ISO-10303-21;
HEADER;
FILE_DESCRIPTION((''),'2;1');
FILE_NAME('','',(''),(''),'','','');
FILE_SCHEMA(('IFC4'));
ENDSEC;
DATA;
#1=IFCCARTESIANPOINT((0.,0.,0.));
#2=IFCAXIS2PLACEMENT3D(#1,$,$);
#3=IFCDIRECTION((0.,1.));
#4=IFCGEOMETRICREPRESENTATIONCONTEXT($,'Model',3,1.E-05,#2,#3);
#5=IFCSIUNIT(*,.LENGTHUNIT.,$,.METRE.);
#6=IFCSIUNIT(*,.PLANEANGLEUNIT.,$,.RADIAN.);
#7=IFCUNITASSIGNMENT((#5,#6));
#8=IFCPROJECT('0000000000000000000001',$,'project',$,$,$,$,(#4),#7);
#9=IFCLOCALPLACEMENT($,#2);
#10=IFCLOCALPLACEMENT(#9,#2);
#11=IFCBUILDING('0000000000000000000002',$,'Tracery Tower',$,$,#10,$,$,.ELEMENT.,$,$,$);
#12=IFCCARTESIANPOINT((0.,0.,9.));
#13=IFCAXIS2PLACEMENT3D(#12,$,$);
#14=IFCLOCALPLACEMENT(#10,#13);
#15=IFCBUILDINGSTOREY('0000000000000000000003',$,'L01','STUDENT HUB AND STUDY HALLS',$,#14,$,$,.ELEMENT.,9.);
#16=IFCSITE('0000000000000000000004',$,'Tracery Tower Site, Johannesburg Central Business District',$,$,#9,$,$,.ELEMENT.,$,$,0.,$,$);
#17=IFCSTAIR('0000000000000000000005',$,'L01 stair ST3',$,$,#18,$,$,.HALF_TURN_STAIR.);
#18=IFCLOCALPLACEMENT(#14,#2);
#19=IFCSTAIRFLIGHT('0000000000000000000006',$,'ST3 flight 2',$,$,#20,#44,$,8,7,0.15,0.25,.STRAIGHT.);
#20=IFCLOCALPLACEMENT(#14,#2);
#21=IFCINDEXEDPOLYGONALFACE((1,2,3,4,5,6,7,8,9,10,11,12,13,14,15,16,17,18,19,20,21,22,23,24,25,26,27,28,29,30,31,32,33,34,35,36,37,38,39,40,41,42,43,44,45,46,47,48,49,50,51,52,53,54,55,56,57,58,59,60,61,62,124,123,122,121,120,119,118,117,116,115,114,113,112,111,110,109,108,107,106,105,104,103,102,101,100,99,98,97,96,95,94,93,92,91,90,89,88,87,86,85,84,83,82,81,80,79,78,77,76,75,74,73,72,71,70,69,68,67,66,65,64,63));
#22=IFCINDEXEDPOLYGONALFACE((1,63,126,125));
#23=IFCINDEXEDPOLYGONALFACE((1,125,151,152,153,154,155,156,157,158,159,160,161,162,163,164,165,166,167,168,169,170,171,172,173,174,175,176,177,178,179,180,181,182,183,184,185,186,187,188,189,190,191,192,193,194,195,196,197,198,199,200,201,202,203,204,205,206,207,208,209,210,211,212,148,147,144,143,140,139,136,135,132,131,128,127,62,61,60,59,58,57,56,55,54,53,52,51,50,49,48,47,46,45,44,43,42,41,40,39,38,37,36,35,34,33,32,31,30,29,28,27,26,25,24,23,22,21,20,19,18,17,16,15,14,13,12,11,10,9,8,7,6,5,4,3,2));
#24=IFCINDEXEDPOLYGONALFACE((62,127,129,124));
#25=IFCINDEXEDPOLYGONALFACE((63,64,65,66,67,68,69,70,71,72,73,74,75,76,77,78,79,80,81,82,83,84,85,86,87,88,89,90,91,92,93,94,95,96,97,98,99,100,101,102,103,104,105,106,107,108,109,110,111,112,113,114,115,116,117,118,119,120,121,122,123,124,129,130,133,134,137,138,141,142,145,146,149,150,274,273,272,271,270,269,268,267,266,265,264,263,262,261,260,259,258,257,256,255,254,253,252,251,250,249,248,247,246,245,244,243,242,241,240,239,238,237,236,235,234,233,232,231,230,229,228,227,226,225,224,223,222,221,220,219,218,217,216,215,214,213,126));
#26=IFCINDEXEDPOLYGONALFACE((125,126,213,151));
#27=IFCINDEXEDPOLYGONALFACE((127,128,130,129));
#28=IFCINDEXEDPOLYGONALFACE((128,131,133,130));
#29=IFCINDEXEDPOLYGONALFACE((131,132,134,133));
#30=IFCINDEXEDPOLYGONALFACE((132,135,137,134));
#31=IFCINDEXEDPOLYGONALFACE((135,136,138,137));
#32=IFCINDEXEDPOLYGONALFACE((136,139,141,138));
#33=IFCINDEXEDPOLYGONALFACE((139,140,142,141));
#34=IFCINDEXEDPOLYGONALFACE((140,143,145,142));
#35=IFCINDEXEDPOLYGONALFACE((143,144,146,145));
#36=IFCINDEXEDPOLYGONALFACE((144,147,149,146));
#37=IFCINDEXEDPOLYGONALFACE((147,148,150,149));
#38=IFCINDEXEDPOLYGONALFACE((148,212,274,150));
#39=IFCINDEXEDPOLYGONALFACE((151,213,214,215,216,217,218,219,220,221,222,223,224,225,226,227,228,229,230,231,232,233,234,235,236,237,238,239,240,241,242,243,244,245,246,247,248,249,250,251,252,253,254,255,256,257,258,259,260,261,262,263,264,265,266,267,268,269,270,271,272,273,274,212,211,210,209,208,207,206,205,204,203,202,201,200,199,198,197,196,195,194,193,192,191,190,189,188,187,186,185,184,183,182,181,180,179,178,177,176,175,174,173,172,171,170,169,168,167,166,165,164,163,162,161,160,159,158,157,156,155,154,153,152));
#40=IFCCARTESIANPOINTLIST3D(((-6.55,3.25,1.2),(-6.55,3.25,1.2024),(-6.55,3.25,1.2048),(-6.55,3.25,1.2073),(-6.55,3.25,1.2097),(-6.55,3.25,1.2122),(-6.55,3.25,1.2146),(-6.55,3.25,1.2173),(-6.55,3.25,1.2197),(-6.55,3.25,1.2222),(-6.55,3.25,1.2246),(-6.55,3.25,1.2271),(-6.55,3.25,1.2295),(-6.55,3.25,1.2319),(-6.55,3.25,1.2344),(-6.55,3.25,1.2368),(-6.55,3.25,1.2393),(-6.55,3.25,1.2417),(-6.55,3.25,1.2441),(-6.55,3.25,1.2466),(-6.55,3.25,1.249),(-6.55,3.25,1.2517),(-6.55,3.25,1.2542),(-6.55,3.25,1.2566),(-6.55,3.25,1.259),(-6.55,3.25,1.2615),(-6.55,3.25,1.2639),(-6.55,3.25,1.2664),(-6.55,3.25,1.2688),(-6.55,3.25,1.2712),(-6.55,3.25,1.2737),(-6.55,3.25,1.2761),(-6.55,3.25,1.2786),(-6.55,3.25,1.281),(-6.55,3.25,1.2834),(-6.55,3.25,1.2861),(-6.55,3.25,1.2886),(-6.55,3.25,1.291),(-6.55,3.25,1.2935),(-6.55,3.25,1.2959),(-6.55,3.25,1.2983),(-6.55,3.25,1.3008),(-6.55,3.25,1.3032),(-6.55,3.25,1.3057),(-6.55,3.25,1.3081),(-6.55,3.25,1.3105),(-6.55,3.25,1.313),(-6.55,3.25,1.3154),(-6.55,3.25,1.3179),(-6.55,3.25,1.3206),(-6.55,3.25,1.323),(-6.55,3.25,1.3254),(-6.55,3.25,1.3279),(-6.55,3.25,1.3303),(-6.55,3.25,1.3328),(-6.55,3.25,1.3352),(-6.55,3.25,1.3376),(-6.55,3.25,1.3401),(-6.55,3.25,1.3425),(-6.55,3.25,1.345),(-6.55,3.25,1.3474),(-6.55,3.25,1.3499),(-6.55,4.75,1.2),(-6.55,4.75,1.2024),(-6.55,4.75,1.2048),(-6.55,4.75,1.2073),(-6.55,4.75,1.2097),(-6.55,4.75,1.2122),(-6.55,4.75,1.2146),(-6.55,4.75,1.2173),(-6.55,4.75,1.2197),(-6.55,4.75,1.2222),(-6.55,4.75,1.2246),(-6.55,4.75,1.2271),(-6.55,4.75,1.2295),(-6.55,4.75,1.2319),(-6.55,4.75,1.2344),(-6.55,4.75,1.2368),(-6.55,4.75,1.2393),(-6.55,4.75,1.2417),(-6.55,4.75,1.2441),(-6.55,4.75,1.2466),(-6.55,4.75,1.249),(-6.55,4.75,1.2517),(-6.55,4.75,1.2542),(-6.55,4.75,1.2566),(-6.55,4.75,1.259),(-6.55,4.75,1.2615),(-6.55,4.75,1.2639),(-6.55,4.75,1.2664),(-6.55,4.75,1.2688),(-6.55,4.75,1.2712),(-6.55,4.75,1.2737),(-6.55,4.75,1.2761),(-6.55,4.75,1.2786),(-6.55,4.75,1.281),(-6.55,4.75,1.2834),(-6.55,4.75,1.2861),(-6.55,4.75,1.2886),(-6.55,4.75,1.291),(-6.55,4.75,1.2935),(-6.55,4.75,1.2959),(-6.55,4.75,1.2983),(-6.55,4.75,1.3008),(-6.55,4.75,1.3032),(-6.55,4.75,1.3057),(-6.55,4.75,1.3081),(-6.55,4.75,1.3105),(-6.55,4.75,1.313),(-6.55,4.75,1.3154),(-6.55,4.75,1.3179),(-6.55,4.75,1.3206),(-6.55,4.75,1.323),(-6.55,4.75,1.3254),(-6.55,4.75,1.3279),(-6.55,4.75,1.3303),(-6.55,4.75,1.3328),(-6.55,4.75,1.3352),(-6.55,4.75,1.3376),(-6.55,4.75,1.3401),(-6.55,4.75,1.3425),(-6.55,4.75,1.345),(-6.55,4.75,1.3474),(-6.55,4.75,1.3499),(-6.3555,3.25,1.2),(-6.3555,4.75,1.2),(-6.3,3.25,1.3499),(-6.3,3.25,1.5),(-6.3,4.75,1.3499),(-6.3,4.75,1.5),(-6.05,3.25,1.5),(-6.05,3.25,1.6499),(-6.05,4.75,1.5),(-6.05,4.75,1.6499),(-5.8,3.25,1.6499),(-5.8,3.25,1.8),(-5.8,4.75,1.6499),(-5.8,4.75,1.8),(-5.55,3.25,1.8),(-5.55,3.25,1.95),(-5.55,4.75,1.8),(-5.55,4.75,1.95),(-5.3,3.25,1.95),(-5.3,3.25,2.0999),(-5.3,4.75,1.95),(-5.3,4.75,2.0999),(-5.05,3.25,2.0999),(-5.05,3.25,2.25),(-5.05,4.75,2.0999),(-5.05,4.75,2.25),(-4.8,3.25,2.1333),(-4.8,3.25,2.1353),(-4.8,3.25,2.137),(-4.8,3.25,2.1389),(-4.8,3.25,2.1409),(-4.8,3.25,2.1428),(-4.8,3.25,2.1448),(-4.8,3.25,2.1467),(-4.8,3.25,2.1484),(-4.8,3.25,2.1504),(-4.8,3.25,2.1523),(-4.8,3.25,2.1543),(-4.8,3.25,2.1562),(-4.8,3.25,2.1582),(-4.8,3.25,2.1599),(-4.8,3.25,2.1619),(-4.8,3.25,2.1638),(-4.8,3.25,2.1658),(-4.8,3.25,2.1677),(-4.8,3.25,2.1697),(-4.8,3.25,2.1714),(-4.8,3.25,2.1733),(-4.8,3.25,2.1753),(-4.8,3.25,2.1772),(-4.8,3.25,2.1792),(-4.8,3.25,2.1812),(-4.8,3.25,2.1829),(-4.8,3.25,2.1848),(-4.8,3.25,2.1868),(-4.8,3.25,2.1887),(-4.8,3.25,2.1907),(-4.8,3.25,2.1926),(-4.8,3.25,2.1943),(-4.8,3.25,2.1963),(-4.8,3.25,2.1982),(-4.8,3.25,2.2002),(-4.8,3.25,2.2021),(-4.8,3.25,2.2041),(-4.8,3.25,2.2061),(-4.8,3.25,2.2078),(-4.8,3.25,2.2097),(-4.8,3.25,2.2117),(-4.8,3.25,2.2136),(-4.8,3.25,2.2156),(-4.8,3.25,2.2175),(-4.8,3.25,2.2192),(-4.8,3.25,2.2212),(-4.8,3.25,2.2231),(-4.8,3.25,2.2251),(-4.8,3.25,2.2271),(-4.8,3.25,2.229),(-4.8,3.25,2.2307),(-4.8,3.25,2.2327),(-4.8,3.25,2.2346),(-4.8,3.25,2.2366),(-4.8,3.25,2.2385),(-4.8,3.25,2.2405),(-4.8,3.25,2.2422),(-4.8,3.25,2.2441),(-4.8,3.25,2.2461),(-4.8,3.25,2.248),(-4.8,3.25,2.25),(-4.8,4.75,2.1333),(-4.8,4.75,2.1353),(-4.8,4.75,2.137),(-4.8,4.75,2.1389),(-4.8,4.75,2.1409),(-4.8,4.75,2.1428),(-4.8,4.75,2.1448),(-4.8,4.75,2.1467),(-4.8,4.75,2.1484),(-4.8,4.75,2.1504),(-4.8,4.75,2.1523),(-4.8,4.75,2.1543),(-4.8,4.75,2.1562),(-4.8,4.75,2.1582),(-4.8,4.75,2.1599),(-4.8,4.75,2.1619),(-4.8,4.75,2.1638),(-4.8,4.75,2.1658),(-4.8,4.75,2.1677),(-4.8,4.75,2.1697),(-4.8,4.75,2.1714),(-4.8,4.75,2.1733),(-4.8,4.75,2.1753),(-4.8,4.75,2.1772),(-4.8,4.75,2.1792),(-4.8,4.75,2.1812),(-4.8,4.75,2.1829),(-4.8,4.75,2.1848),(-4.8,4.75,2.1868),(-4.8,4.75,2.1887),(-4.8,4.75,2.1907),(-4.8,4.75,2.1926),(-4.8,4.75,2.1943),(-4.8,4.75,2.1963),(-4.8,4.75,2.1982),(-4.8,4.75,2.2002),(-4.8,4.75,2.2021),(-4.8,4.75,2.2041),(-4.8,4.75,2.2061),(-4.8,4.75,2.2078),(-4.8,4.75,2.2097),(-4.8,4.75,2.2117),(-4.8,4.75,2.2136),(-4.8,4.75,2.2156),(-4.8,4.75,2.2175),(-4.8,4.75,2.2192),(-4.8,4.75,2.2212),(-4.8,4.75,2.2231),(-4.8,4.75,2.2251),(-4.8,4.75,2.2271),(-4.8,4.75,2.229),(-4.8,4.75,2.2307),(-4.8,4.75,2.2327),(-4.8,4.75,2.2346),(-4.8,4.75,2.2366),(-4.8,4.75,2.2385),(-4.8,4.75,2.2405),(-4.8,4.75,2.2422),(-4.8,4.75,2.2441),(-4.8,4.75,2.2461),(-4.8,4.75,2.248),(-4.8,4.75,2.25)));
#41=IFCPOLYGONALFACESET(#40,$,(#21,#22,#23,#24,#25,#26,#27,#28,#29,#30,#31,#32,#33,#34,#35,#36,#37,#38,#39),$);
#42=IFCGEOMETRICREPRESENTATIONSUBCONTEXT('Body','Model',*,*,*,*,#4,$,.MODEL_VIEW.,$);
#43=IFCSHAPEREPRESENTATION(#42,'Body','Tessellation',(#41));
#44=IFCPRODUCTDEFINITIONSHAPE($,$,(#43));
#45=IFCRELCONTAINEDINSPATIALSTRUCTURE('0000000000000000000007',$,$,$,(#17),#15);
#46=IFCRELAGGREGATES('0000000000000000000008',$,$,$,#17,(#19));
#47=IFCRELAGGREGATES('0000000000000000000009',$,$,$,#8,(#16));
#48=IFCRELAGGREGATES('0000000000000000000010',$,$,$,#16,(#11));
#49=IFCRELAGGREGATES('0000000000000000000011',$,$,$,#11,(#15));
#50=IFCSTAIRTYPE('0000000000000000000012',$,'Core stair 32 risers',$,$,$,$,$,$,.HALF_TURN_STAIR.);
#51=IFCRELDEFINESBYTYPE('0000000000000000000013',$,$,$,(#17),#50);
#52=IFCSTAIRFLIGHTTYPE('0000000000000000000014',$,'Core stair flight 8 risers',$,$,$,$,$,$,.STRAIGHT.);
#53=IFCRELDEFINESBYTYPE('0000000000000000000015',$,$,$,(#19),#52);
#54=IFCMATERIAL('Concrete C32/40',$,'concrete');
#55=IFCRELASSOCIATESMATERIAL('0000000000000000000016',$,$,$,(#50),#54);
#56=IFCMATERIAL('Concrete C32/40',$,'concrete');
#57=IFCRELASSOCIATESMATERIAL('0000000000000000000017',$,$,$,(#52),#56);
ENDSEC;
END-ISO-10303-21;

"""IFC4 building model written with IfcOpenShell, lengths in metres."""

from ifc_helpers import new_model, si_unit, direction, frame, origin, place, context, subcontext, project, spatial, polyline, outline, extrude, material, type_object, element, aggregate, save


model = new_model("IFC4")

# Units and contexts
model_context = context("Model", 3, precision=1e-05, world=origin(), true_north=direction((0.0, 1.0)))
body_context = subcontext(model_context, "Body", "Model", "MODEL_VIEW")
ifc_project = project(units=[si_unit("LENGTHUNIT", "METRE"), si_unit("PLANEANGLEUNIT", "RADIAN")], contexts=[model_context])

# Site, building, storey
site_placement = place(None, origin())
site = spatial("IfcSite", under=ifc_project, at=site_placement, Name="Tracery Tower Site, Johannesburg Central Business District", CompositionType="ELEMENT", RefElevation=0.0)
building_placement = place(site_placement, origin())
building = spatial("IfcBuilding", under=site, at=building_placement, Name="Tracery Tower", CompositionType="ELEMENT")
storey_placement = place(building_placement, frame((0.0, 0.0, 9.0)))
storey = spatial("IfcBuildingStorey", under=building, at=storey_placement, Name="L01", Description="STUDENT HUB AND STUDY HALLS", CompositionType="ELEMENT", Elevation=9.0)

# Stair, stair flight
ifc_material_1 = material(Name="Concrete C32/40", Category="concrete")
stair_type = type_object("IfcStairType", Name="Core stair 32 risers", PredefinedType="HALF_TURN_STAIR", material=ifc_material_1)
stair_placement = place(storey_placement, origin())
stair = element("IfcStair", 1, at=stair_placement, inside=storey, type_object=stair_type, Name="L01 stair ST3", PredefinedType="HALF_TURN_STAIR")
ifc_material_2 = material(Name="Concrete C32/40", Category="concrete")
stair_flight_type = type_object("IfcStairFlightType", Name="Core stair flight 8 risers", PredefinedType="STRAIGHT", material=ifc_material_2)
stair_flight_1_placement = place(storey_placement, frame((-6.55, 4.0, 1.2), z_axis=(0.0, 0.0, 1.0), x_axis=(1.0, 0.0, 0.0)))
stair_flight_1 = element("IfcStairFlight", 2, at=stair_flight_1_placement, type_object=stair_flight_type, Name="ST3 flight 2", NumberOfRisers=8, NumberOfTreads=7, PredefinedType="STRAIGHT", RiserHeight=0.15, TreadLength=0.25, context=body_context, shape_type="SweptSolid", body=[
    extrude(outline(polyline([(0.0, 0.0), (0.0, 0.0024), (0.0, 0.0049), (0.0, 0.0073), (0.0, 0.0098), (0.0, 0.0122), (0.0, 0.0146), (0.0, 0.0173), (0.0, 0.0198), (0.0, 0.0222), (0.0, 0.0247), (0.0, 0.0271), (0.0, 0.0295), (0.0, 0.032), (0.0, 0.0344), (0.0, 0.0369), (0.0, 0.0393), (0.0, 0.0417), (0.0, 0.0442), (0.0, 0.0466), (0.0, 0.0491), (0.0, 0.0518), (0.0, 0.0542), (0.0, 0.0566), (0.0, 0.0591), (0.0, 0.0615), (0.0, 0.064), (0.0, 0.0664), (0.0, 0.0688), (0.0, 0.0713), (0.0, 0.0737), (0.0, 0.0762), (0.0, 0.0786), (0.0, 0.0811), (0.0, 0.0835), (0.0, 0.0862), (0.0, 0.0886), (0.0, 0.0911), (0.0, 0.0935), (0.0, 0.0959), (0.0, 0.0984), (0.0, 0.1008), (0.0, 0.1033), (0.0, 0.1057), (0.0, 0.1082), (0.0, 0.1106), (0.0, 0.113), (0.0, 0.1155), (0.0, 0.1179), (0.0, 0.1206), (0.0, 0.123), (0.0, 0.1255), (0.0, 0.1279), (0.0, 0.1304), (0.0, 0.1328), (0.0, 0.1353), (0.0, 0.1377), (0.0, 0.1401), (0.0, 0.1426), (0.0, 0.145), (0.0, 0.1475), (0.0, 0.1499), (0.25, 0.1499), (0.25, 0.3), (0.5, 0.3), (0.5, 0.45), (0.75, 0.45), (0.75, 0.6001), (1.0, 0.6001), (1.0, 0.75), (1.25, 0.75), (1.25, 0.8999), (1.5, 0.8999), (1.5, 1.05), (1.75, 1.05), (1.75, 1.0481), (1.75, 1.0461), (1.75, 1.0442), (1.75, 1.0422), (1.75, 1.0405), (1.75, 1.0386), (1.75, 1.0366), (1.75, 1.0347), (1.75, 1.0327), (1.75, 1.0308), (1.75, 1.0291), (1.75, 1.0271), (1.75, 1.0251), (1.75, 1.0232), (1.75, 1.0212), (1.75, 1.0193), (1.75, 1.0176), (1.75, 1.0156), (1.75, 1.0137), (1.75, 1.0117), (1.75, 1.0098), (1.75, 1.0078), (1.75, 1.0061), (1.75, 1.0042), (1.75, 1.0022), (1.75, 1.0002), (1.75, 0.9983), (1.75, 0.9963), (1.75, 0.9944), (1.75, 0.9927), (1.75, 0.9907), (1.75, 0.9888), (1.75, 0.9868), (1.75, 0.9849), (1.75, 0.9829), (1.75, 0.9812), (1.75, 0.9792), (1.75, 0.9773), (1.75, 0.9753), (1.75, 0.9734), (1.75, 0.9714), (1.75, 0.9697), (1.75, 0.9678), (1.75, 0.9658), (1.75, 0.9639), (1.75, 0.9619), (1.75, 0.96), (1.75, 0.9583), (1.75, 0.9563), (1.75, 0.9543), (1.75, 0.9524), (1.75, 0.9504), (1.75, 0.9485), (1.75, 0.9468), (1.75, 0.9448), (1.75, 0.9429), (1.75, 0.9409), (1.75, 0.939), (1.75, 0.937), (1.75, 0.9353), (1.75, 0.9333), (0.1946, 0.0), (0.0, 0.0)])), frame((0.0, 0.75, 0.0), z_axis=(0.0, -1.0, 0.0), x_axis=(1.0, 0.0, 0.0)), (0.0, 0.0, 1.0), 1.5),
])
aggregate(stair, [stair_flight_1])

save(model, "model.ifc")
